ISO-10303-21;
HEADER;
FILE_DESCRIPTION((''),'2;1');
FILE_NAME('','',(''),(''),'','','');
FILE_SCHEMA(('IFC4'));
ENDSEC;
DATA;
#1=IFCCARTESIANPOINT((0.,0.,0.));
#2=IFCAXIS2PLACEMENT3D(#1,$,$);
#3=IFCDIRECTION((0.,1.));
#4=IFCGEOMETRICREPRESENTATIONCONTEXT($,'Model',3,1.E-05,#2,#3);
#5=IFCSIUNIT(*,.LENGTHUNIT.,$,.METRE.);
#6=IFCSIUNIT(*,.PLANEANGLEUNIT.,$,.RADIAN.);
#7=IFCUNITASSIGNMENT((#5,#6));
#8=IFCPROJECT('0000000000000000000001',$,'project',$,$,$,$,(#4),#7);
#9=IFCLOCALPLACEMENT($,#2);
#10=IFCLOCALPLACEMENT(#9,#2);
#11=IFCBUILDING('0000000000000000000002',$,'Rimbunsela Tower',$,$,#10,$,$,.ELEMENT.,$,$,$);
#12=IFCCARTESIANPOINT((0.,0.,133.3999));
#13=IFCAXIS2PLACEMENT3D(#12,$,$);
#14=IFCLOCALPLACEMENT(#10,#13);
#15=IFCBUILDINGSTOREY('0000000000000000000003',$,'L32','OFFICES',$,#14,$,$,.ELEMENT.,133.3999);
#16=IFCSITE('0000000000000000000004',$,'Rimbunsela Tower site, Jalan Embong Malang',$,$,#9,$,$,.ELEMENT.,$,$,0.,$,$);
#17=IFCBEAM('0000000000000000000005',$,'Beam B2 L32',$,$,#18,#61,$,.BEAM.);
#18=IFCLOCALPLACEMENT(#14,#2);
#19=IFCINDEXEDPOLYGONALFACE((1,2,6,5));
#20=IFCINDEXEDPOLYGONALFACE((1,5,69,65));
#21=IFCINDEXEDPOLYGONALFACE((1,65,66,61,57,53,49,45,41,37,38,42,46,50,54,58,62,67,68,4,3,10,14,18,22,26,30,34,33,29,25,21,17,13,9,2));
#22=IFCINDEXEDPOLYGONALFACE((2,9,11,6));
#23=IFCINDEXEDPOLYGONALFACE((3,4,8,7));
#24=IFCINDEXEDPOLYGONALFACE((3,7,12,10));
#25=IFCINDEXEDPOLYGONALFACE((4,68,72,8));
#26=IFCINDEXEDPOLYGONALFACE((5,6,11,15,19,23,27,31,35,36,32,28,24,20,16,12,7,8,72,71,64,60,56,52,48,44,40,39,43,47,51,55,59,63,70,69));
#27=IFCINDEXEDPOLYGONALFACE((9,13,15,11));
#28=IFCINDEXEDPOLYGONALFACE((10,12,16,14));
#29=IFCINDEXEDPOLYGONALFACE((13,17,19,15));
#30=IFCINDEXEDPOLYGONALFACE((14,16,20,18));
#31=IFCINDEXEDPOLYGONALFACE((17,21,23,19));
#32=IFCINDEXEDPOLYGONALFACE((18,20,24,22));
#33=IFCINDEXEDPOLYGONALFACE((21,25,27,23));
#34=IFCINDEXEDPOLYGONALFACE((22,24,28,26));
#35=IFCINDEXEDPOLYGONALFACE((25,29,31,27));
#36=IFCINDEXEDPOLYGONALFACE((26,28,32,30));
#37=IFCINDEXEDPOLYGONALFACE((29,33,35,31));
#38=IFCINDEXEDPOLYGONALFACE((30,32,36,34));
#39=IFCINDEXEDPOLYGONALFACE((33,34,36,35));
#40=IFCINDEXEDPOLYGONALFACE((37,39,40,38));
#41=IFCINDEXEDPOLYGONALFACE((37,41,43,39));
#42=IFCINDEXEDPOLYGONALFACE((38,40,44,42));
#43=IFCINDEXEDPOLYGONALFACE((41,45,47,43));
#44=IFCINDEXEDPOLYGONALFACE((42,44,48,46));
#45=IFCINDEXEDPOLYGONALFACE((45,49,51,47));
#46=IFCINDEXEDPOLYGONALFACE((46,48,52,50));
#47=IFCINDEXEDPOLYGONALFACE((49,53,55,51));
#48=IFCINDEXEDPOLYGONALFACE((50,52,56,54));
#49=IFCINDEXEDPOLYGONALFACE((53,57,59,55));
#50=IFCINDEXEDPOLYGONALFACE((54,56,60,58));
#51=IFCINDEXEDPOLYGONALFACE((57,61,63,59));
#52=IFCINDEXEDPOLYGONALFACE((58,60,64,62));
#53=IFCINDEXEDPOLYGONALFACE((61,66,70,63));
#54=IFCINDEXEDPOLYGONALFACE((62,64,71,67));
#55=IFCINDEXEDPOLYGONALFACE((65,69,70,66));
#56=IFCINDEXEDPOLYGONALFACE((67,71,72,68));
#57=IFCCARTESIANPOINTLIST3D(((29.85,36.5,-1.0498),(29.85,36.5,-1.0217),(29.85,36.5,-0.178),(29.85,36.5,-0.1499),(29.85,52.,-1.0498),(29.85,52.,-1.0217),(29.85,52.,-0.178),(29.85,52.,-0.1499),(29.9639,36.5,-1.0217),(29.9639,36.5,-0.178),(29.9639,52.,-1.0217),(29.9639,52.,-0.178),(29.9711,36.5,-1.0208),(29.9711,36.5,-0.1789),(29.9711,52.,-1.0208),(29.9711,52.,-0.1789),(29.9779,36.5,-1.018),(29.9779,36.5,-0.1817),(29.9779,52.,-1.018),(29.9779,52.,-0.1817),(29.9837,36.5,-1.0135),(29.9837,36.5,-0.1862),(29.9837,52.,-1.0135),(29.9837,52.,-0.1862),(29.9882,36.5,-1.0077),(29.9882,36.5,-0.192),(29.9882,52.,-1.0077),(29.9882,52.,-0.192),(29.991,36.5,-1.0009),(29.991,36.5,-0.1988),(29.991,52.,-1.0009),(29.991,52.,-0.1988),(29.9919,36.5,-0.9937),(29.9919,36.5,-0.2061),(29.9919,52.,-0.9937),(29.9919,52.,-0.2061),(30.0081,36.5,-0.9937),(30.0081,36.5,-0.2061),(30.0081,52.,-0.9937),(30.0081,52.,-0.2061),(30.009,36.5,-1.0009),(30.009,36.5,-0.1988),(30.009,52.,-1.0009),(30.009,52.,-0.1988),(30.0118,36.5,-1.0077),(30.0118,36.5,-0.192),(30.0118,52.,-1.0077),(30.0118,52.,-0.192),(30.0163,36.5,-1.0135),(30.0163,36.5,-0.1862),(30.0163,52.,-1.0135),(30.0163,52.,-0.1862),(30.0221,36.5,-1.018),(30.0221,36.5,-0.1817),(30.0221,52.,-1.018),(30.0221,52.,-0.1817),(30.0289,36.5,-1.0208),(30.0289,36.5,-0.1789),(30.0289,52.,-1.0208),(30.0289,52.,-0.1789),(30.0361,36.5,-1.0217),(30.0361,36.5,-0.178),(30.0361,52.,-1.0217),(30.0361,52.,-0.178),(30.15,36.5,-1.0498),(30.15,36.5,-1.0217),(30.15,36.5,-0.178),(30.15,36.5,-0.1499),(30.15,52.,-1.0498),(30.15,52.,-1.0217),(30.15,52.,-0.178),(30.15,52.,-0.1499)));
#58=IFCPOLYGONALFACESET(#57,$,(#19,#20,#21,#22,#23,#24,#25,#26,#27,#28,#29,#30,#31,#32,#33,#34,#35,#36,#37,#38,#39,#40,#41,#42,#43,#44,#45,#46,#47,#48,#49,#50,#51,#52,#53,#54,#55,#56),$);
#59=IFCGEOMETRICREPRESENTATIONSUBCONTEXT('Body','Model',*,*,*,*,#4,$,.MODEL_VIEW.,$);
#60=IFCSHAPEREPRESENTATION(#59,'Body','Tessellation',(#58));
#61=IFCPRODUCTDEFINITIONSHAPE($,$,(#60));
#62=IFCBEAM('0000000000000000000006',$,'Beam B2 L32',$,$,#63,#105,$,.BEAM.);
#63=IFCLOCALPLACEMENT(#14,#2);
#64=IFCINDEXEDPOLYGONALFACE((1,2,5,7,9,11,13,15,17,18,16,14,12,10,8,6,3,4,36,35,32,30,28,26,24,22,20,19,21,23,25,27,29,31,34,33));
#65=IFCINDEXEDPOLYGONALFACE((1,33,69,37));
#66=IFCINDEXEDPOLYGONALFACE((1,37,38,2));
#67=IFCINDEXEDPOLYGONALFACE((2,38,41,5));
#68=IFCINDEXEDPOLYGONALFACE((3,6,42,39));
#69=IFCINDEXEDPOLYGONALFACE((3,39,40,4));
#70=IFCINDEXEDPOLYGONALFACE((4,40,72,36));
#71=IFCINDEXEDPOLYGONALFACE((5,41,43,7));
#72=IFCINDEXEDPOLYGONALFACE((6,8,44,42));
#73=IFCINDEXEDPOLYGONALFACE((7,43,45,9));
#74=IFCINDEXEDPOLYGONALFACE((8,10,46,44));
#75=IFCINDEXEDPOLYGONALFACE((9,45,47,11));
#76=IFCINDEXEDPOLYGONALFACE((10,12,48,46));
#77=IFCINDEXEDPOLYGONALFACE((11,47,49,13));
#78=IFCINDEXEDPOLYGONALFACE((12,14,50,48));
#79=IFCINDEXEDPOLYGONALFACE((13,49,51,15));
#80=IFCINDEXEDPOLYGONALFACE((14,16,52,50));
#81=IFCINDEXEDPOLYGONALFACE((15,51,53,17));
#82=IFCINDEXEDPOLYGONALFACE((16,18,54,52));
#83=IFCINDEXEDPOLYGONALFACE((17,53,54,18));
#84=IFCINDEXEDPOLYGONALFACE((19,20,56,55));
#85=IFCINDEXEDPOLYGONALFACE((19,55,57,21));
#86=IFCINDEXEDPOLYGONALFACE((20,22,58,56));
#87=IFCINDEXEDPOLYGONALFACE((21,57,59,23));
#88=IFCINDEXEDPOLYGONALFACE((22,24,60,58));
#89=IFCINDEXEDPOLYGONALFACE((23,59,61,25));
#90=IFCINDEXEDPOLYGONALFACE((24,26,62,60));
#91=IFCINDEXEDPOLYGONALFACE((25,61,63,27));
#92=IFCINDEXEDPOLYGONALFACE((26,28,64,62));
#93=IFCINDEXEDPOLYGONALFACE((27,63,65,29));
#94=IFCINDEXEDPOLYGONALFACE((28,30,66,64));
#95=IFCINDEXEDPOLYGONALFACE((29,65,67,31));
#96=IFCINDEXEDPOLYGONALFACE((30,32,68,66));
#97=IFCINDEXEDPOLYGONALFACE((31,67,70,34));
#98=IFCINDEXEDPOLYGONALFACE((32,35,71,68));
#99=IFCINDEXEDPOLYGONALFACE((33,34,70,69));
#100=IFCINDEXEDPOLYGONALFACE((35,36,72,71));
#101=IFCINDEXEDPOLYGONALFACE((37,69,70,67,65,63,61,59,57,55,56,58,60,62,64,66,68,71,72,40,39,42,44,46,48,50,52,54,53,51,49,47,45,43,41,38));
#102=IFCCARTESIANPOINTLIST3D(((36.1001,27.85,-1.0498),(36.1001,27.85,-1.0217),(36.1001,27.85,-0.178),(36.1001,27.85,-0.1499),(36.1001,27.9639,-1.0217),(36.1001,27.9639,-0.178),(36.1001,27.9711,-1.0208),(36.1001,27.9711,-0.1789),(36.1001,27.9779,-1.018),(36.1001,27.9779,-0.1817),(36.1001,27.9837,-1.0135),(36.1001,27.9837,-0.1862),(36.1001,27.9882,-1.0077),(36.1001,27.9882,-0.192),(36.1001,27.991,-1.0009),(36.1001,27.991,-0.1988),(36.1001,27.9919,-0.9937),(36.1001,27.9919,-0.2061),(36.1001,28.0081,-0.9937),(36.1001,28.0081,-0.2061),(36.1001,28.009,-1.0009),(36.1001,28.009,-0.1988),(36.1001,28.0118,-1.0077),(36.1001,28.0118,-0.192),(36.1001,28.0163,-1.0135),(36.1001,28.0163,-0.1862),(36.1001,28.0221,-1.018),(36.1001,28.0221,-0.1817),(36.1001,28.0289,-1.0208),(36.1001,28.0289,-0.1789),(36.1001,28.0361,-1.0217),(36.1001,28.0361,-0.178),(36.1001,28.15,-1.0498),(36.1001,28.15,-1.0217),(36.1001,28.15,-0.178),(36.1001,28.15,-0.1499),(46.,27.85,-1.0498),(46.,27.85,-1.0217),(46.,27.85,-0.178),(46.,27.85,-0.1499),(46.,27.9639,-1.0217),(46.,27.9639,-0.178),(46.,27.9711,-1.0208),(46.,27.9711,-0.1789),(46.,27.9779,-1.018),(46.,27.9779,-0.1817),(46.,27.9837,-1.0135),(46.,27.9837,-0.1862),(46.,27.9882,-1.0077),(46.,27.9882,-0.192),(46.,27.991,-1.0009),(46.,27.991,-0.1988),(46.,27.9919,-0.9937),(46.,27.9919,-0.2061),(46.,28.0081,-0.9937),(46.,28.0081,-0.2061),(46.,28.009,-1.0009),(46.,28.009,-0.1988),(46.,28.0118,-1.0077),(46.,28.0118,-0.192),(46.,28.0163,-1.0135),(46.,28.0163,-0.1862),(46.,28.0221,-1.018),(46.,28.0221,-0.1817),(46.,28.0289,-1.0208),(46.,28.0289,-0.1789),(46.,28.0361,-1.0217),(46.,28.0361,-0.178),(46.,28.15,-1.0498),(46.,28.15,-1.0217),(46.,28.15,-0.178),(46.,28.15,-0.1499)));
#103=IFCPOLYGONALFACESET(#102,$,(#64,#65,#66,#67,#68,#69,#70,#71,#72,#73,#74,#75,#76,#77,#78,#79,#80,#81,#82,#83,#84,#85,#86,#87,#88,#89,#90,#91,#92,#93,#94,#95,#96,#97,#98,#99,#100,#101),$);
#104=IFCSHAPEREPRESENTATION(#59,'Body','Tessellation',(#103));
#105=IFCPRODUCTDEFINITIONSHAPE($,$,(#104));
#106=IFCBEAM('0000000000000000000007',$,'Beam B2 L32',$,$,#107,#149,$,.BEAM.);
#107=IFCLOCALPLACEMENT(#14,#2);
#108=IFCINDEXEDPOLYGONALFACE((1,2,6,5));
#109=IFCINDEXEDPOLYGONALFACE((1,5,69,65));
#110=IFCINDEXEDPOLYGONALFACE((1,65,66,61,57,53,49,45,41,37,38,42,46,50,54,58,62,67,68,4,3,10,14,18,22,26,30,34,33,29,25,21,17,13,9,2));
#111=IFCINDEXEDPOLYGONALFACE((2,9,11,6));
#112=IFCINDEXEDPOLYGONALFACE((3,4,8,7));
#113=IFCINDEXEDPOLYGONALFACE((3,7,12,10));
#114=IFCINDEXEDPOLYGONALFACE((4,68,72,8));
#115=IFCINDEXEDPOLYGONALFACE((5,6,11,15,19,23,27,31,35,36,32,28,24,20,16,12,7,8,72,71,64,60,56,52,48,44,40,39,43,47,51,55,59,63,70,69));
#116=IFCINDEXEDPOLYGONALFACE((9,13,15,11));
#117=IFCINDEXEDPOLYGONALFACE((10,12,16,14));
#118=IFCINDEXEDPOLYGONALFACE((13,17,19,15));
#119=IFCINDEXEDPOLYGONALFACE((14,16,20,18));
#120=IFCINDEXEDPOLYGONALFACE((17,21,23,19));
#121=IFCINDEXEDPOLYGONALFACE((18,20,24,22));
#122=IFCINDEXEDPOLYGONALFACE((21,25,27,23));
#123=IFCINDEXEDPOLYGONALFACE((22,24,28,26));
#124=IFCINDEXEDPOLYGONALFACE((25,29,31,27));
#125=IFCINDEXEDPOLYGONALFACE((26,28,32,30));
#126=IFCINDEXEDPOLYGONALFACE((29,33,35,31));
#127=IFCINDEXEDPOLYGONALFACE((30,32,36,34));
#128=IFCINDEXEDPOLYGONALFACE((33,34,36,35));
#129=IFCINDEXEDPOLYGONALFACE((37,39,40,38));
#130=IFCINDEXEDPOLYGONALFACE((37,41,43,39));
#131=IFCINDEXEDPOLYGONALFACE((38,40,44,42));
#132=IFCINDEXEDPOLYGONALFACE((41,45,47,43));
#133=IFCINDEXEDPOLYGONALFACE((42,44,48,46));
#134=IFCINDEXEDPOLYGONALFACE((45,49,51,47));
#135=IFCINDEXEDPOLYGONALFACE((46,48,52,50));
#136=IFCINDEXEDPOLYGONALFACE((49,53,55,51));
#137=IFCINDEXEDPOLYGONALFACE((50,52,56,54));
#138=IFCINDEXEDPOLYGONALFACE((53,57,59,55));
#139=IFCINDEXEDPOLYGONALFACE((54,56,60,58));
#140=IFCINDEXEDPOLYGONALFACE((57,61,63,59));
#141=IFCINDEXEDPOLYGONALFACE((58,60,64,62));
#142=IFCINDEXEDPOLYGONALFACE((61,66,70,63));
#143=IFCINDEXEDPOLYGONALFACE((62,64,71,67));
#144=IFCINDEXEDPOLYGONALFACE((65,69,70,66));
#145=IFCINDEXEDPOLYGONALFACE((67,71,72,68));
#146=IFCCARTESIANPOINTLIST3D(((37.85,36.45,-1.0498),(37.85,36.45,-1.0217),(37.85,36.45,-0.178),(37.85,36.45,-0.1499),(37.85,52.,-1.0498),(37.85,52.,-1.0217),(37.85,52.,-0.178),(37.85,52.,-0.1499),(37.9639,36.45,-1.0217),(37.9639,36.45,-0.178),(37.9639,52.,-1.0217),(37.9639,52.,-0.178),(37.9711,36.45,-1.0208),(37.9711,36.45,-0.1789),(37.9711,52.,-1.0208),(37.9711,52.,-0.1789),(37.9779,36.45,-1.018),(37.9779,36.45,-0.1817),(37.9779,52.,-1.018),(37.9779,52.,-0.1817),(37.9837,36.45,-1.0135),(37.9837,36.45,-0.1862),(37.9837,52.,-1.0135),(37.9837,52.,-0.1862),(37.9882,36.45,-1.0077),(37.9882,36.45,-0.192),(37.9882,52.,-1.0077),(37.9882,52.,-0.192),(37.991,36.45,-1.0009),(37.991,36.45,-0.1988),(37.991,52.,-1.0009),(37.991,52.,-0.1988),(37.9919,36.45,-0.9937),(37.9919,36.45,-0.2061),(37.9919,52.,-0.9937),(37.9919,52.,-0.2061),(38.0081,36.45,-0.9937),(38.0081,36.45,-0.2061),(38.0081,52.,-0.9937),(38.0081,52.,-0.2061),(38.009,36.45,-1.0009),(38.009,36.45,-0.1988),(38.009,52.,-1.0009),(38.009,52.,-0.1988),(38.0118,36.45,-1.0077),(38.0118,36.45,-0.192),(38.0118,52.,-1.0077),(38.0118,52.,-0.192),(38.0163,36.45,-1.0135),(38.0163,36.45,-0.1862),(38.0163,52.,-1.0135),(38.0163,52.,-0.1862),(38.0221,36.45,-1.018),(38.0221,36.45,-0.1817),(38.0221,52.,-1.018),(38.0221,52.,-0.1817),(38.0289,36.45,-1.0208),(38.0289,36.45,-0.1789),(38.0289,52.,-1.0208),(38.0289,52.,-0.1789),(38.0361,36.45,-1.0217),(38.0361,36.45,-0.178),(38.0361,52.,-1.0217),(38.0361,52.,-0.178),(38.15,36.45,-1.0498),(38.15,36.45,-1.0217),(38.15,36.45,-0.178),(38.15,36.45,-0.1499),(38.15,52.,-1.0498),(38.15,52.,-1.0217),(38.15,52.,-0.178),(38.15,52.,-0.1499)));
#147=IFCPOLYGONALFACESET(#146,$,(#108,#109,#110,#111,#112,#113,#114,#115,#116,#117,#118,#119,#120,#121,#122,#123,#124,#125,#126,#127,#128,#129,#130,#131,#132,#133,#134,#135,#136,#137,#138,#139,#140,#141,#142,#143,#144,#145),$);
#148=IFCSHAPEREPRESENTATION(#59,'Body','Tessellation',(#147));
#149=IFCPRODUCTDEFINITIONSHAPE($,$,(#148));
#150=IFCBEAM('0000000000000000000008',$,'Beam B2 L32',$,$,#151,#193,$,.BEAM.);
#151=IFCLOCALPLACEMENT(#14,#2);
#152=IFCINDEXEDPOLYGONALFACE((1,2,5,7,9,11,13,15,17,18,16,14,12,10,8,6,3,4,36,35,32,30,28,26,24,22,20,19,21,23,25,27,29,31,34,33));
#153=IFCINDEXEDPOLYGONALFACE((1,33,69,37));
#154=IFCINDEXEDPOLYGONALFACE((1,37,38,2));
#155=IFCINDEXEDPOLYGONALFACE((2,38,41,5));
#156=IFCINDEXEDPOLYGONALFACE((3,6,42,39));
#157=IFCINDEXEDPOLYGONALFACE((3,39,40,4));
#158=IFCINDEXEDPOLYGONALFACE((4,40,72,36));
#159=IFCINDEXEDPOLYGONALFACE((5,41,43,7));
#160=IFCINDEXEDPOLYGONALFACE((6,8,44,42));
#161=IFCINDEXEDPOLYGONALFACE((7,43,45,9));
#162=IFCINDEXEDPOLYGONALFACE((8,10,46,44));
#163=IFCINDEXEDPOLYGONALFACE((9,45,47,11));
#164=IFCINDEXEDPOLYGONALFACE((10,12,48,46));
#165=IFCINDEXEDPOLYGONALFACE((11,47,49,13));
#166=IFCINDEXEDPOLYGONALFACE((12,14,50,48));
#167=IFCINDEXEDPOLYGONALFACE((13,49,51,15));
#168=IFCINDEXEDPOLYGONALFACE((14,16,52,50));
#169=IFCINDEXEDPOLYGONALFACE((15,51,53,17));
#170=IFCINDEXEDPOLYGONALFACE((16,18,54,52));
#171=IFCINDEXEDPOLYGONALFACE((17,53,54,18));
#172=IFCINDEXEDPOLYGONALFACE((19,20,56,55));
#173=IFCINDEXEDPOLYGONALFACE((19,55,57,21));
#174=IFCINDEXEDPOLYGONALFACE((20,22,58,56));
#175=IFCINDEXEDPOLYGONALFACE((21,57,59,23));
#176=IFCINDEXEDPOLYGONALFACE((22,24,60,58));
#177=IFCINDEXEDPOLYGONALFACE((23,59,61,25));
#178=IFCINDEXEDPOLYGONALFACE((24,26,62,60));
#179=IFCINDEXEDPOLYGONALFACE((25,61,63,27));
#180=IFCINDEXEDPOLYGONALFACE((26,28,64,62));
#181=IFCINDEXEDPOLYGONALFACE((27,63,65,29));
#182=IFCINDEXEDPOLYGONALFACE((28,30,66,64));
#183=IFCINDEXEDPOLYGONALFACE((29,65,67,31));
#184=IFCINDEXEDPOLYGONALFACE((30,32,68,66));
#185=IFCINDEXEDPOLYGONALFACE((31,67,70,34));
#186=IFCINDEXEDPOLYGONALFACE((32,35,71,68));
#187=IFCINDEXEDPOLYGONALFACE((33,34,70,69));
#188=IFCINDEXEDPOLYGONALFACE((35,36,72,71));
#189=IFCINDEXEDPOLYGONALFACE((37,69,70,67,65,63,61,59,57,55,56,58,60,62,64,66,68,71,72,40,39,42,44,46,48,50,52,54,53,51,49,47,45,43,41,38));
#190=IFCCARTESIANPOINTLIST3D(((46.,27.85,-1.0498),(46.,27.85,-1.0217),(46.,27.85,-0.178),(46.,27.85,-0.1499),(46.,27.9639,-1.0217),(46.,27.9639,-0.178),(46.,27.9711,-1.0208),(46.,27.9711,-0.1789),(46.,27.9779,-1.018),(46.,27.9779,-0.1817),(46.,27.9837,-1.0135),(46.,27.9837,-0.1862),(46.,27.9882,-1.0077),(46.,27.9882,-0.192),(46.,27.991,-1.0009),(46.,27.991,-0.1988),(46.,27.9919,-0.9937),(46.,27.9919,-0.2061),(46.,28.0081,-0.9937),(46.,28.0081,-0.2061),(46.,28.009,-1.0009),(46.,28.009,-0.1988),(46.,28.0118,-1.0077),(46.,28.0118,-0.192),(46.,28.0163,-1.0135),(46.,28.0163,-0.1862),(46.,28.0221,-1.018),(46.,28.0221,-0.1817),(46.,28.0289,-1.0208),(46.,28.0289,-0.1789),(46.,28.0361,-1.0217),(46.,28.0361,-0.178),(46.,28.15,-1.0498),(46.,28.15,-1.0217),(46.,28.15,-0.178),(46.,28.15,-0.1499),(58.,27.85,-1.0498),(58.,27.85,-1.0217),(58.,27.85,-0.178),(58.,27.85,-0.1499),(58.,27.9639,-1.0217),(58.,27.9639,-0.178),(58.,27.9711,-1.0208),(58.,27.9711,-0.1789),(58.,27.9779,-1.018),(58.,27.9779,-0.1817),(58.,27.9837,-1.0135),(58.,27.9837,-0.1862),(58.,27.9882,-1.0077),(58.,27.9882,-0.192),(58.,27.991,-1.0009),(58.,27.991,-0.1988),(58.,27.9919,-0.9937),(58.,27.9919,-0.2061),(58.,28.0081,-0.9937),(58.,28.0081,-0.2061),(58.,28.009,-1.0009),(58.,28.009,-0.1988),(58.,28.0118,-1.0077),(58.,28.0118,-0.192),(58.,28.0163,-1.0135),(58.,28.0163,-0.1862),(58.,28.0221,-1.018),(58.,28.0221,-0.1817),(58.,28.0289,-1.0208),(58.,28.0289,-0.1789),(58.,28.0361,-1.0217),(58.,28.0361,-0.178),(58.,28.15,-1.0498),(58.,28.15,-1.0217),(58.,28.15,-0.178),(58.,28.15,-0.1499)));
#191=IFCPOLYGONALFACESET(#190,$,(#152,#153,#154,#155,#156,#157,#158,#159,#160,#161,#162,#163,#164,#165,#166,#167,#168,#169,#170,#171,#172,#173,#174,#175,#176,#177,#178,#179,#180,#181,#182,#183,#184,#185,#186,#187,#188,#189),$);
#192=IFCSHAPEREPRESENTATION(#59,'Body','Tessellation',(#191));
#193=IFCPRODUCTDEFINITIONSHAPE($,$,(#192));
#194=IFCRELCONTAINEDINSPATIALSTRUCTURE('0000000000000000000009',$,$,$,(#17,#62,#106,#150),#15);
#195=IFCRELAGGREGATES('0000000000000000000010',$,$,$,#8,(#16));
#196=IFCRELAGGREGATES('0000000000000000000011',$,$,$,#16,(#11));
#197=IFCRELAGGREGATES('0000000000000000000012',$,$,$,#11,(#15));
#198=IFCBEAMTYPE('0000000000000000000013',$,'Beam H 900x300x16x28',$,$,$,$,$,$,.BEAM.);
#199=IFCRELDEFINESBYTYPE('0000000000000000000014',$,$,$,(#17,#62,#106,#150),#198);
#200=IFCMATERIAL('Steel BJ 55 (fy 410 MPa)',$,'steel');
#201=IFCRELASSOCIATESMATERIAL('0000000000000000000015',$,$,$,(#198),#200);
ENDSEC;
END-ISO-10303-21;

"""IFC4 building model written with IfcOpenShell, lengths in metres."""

from ifc_helpers import new_model, si_unit, direction, frame, origin, origin_2d, place, context, subcontext, project, spatial, i_section, extrude, material, material_profile, profile_set, type_object, element, save


model = new_model("IFC4")

# Units and contexts
model_context = context("Model", 3, precision=1e-05, world=origin(), true_north=direction((0.0, 1.0)))
body_context = subcontext(model_context, "Body", "Model", "MODEL_VIEW")
ifc_project = project(units=[si_unit("LENGTHUNIT", "METRE"), si_unit("PLANEANGLEUNIT", "RADIAN")], contexts=[model_context])

# Site, building, storey
site_placement = place(None, origin())
site = spatial("IfcSite", under=ifc_project, at=site_placement, Name="Rimbunsela Tower site, Jalan Embong Malang", CompositionType="ELEMENT", RefElevation=0.0)
building_placement = place(site_placement, origin())
building = spatial("IfcBuilding", under=site, at=building_placement, Name="Rimbunsela Tower", CompositionType="ELEMENT")
storey_placement = place(building_placement, frame((0.0, 0.0, 133.3999)))
storey = spatial("IfcBuildingStorey", under=building, at=storey_placement, Name="L32", Description="OFFICES", CompositionType="ELEMENT", Elevation=133.3999)

# Beams
ifc_material_1 = material(Name="Steel BJ 55 (fy 410 MPa)", Category="steel")
ifc_material_profile_1 = material_profile(ifc_material_1, i_section(OverallWidth=0.3, OverallDepth=0.8999, WebThickness=0.0161, FlangeThickness=0.0281, FilletRadius=0.0281, at=origin_2d()), Name="H 900x300x16x28")
ifc_profile_set_1 = profile_set([ifc_material_profile_1], Name="Steel BJ 55 (fy 410 MPa)")
beam_type_1 = type_object("IfcBeamType", Name="Beam H 900x300x16x28", PredefinedType="BEAM", material=ifc_profile_set_1)
beam_1_placement = place(storey_placement, frame((30.0, 36.5, -0.5999), z_axis=(0.0, 1.0, 0.0), x_axis=(-1.0, 0.0, 0.0)))
element("IfcBeam", 1, at=beam_1_placement, inside=storey, type_object=beam_type_1, Name="Beam B2 L32", PredefinedType="BEAM", context=body_context, shape_type="SweptSolid", body=[
    extrude(i_section(OverallWidth=0.3, OverallDepth=0.8999, WebThickness=0.0161, FlangeThickness=0.0281, FilletRadius=0.0281, at=origin_2d()), origin(), (0.0, 0.0, 1.0), 15.5),
])
beam_2_placement = place(storey_placement, frame((36.1001, 28.0, -0.5999), z_axis=(1.0, 0.0, 0.0), x_axis=(0.0, 1.0, 0.0)))
element("IfcBeam", 2, at=beam_2_placement, inside=storey, type_object=beam_type_1, Name="Beam B2 L32", PredefinedType="BEAM", context=body_context, shape_type="SweptSolid", body=[
    extrude(i_section(OverallWidth=0.3, OverallDepth=0.8999, WebThickness=0.0161, FlangeThickness=0.0281, FilletRadius=0.0281, at=origin_2d()), origin(), (0.0, 0.0, 1.0), 9.8999),
])
beam_3_placement = place(storey_placement, frame((38.0, 36.45, -0.5999), z_axis=(0.0, 1.0, 0.0), x_axis=(-1.0, 0.0, 0.0)))
element("IfcBeam", 3, at=beam_3_placement, inside=storey, type_object=beam_type_1, Name="Beam B2 L32", PredefinedType="BEAM", context=body_context, shape_type="SweptSolid", body=[
    extrude(i_section(OverallWidth=0.3, OverallDepth=0.8999, WebThickness=0.0161, FlangeThickness=0.0281, FilletRadius=0.0281, at=origin_2d()), origin(), (0.0, 0.0, 1.0), 15.55),
])
beam_4_placement = place(storey_placement, frame((46.0, 28.0, -0.5999), z_axis=(1.0, 0.0, 0.0), x_axis=(0.0, 1.0, 0.0)))
element("IfcBeam", 4, at=beam_4_placement, inside=storey, type_object=beam_type_1, Name="Beam B2 L32", PredefinedType="BEAM", context=body_context, shape_type="SweptSolid", body=[
    extrude(i_section(OverallWidth=0.3, OverallDepth=0.8999, WebThickness=0.0161, FlangeThickness=0.0281, FilletRadius=0.0281, at=origin_2d()), origin(), (0.0, 0.0, 1.0), 12.0),
])

save(model, "model.ifc")
